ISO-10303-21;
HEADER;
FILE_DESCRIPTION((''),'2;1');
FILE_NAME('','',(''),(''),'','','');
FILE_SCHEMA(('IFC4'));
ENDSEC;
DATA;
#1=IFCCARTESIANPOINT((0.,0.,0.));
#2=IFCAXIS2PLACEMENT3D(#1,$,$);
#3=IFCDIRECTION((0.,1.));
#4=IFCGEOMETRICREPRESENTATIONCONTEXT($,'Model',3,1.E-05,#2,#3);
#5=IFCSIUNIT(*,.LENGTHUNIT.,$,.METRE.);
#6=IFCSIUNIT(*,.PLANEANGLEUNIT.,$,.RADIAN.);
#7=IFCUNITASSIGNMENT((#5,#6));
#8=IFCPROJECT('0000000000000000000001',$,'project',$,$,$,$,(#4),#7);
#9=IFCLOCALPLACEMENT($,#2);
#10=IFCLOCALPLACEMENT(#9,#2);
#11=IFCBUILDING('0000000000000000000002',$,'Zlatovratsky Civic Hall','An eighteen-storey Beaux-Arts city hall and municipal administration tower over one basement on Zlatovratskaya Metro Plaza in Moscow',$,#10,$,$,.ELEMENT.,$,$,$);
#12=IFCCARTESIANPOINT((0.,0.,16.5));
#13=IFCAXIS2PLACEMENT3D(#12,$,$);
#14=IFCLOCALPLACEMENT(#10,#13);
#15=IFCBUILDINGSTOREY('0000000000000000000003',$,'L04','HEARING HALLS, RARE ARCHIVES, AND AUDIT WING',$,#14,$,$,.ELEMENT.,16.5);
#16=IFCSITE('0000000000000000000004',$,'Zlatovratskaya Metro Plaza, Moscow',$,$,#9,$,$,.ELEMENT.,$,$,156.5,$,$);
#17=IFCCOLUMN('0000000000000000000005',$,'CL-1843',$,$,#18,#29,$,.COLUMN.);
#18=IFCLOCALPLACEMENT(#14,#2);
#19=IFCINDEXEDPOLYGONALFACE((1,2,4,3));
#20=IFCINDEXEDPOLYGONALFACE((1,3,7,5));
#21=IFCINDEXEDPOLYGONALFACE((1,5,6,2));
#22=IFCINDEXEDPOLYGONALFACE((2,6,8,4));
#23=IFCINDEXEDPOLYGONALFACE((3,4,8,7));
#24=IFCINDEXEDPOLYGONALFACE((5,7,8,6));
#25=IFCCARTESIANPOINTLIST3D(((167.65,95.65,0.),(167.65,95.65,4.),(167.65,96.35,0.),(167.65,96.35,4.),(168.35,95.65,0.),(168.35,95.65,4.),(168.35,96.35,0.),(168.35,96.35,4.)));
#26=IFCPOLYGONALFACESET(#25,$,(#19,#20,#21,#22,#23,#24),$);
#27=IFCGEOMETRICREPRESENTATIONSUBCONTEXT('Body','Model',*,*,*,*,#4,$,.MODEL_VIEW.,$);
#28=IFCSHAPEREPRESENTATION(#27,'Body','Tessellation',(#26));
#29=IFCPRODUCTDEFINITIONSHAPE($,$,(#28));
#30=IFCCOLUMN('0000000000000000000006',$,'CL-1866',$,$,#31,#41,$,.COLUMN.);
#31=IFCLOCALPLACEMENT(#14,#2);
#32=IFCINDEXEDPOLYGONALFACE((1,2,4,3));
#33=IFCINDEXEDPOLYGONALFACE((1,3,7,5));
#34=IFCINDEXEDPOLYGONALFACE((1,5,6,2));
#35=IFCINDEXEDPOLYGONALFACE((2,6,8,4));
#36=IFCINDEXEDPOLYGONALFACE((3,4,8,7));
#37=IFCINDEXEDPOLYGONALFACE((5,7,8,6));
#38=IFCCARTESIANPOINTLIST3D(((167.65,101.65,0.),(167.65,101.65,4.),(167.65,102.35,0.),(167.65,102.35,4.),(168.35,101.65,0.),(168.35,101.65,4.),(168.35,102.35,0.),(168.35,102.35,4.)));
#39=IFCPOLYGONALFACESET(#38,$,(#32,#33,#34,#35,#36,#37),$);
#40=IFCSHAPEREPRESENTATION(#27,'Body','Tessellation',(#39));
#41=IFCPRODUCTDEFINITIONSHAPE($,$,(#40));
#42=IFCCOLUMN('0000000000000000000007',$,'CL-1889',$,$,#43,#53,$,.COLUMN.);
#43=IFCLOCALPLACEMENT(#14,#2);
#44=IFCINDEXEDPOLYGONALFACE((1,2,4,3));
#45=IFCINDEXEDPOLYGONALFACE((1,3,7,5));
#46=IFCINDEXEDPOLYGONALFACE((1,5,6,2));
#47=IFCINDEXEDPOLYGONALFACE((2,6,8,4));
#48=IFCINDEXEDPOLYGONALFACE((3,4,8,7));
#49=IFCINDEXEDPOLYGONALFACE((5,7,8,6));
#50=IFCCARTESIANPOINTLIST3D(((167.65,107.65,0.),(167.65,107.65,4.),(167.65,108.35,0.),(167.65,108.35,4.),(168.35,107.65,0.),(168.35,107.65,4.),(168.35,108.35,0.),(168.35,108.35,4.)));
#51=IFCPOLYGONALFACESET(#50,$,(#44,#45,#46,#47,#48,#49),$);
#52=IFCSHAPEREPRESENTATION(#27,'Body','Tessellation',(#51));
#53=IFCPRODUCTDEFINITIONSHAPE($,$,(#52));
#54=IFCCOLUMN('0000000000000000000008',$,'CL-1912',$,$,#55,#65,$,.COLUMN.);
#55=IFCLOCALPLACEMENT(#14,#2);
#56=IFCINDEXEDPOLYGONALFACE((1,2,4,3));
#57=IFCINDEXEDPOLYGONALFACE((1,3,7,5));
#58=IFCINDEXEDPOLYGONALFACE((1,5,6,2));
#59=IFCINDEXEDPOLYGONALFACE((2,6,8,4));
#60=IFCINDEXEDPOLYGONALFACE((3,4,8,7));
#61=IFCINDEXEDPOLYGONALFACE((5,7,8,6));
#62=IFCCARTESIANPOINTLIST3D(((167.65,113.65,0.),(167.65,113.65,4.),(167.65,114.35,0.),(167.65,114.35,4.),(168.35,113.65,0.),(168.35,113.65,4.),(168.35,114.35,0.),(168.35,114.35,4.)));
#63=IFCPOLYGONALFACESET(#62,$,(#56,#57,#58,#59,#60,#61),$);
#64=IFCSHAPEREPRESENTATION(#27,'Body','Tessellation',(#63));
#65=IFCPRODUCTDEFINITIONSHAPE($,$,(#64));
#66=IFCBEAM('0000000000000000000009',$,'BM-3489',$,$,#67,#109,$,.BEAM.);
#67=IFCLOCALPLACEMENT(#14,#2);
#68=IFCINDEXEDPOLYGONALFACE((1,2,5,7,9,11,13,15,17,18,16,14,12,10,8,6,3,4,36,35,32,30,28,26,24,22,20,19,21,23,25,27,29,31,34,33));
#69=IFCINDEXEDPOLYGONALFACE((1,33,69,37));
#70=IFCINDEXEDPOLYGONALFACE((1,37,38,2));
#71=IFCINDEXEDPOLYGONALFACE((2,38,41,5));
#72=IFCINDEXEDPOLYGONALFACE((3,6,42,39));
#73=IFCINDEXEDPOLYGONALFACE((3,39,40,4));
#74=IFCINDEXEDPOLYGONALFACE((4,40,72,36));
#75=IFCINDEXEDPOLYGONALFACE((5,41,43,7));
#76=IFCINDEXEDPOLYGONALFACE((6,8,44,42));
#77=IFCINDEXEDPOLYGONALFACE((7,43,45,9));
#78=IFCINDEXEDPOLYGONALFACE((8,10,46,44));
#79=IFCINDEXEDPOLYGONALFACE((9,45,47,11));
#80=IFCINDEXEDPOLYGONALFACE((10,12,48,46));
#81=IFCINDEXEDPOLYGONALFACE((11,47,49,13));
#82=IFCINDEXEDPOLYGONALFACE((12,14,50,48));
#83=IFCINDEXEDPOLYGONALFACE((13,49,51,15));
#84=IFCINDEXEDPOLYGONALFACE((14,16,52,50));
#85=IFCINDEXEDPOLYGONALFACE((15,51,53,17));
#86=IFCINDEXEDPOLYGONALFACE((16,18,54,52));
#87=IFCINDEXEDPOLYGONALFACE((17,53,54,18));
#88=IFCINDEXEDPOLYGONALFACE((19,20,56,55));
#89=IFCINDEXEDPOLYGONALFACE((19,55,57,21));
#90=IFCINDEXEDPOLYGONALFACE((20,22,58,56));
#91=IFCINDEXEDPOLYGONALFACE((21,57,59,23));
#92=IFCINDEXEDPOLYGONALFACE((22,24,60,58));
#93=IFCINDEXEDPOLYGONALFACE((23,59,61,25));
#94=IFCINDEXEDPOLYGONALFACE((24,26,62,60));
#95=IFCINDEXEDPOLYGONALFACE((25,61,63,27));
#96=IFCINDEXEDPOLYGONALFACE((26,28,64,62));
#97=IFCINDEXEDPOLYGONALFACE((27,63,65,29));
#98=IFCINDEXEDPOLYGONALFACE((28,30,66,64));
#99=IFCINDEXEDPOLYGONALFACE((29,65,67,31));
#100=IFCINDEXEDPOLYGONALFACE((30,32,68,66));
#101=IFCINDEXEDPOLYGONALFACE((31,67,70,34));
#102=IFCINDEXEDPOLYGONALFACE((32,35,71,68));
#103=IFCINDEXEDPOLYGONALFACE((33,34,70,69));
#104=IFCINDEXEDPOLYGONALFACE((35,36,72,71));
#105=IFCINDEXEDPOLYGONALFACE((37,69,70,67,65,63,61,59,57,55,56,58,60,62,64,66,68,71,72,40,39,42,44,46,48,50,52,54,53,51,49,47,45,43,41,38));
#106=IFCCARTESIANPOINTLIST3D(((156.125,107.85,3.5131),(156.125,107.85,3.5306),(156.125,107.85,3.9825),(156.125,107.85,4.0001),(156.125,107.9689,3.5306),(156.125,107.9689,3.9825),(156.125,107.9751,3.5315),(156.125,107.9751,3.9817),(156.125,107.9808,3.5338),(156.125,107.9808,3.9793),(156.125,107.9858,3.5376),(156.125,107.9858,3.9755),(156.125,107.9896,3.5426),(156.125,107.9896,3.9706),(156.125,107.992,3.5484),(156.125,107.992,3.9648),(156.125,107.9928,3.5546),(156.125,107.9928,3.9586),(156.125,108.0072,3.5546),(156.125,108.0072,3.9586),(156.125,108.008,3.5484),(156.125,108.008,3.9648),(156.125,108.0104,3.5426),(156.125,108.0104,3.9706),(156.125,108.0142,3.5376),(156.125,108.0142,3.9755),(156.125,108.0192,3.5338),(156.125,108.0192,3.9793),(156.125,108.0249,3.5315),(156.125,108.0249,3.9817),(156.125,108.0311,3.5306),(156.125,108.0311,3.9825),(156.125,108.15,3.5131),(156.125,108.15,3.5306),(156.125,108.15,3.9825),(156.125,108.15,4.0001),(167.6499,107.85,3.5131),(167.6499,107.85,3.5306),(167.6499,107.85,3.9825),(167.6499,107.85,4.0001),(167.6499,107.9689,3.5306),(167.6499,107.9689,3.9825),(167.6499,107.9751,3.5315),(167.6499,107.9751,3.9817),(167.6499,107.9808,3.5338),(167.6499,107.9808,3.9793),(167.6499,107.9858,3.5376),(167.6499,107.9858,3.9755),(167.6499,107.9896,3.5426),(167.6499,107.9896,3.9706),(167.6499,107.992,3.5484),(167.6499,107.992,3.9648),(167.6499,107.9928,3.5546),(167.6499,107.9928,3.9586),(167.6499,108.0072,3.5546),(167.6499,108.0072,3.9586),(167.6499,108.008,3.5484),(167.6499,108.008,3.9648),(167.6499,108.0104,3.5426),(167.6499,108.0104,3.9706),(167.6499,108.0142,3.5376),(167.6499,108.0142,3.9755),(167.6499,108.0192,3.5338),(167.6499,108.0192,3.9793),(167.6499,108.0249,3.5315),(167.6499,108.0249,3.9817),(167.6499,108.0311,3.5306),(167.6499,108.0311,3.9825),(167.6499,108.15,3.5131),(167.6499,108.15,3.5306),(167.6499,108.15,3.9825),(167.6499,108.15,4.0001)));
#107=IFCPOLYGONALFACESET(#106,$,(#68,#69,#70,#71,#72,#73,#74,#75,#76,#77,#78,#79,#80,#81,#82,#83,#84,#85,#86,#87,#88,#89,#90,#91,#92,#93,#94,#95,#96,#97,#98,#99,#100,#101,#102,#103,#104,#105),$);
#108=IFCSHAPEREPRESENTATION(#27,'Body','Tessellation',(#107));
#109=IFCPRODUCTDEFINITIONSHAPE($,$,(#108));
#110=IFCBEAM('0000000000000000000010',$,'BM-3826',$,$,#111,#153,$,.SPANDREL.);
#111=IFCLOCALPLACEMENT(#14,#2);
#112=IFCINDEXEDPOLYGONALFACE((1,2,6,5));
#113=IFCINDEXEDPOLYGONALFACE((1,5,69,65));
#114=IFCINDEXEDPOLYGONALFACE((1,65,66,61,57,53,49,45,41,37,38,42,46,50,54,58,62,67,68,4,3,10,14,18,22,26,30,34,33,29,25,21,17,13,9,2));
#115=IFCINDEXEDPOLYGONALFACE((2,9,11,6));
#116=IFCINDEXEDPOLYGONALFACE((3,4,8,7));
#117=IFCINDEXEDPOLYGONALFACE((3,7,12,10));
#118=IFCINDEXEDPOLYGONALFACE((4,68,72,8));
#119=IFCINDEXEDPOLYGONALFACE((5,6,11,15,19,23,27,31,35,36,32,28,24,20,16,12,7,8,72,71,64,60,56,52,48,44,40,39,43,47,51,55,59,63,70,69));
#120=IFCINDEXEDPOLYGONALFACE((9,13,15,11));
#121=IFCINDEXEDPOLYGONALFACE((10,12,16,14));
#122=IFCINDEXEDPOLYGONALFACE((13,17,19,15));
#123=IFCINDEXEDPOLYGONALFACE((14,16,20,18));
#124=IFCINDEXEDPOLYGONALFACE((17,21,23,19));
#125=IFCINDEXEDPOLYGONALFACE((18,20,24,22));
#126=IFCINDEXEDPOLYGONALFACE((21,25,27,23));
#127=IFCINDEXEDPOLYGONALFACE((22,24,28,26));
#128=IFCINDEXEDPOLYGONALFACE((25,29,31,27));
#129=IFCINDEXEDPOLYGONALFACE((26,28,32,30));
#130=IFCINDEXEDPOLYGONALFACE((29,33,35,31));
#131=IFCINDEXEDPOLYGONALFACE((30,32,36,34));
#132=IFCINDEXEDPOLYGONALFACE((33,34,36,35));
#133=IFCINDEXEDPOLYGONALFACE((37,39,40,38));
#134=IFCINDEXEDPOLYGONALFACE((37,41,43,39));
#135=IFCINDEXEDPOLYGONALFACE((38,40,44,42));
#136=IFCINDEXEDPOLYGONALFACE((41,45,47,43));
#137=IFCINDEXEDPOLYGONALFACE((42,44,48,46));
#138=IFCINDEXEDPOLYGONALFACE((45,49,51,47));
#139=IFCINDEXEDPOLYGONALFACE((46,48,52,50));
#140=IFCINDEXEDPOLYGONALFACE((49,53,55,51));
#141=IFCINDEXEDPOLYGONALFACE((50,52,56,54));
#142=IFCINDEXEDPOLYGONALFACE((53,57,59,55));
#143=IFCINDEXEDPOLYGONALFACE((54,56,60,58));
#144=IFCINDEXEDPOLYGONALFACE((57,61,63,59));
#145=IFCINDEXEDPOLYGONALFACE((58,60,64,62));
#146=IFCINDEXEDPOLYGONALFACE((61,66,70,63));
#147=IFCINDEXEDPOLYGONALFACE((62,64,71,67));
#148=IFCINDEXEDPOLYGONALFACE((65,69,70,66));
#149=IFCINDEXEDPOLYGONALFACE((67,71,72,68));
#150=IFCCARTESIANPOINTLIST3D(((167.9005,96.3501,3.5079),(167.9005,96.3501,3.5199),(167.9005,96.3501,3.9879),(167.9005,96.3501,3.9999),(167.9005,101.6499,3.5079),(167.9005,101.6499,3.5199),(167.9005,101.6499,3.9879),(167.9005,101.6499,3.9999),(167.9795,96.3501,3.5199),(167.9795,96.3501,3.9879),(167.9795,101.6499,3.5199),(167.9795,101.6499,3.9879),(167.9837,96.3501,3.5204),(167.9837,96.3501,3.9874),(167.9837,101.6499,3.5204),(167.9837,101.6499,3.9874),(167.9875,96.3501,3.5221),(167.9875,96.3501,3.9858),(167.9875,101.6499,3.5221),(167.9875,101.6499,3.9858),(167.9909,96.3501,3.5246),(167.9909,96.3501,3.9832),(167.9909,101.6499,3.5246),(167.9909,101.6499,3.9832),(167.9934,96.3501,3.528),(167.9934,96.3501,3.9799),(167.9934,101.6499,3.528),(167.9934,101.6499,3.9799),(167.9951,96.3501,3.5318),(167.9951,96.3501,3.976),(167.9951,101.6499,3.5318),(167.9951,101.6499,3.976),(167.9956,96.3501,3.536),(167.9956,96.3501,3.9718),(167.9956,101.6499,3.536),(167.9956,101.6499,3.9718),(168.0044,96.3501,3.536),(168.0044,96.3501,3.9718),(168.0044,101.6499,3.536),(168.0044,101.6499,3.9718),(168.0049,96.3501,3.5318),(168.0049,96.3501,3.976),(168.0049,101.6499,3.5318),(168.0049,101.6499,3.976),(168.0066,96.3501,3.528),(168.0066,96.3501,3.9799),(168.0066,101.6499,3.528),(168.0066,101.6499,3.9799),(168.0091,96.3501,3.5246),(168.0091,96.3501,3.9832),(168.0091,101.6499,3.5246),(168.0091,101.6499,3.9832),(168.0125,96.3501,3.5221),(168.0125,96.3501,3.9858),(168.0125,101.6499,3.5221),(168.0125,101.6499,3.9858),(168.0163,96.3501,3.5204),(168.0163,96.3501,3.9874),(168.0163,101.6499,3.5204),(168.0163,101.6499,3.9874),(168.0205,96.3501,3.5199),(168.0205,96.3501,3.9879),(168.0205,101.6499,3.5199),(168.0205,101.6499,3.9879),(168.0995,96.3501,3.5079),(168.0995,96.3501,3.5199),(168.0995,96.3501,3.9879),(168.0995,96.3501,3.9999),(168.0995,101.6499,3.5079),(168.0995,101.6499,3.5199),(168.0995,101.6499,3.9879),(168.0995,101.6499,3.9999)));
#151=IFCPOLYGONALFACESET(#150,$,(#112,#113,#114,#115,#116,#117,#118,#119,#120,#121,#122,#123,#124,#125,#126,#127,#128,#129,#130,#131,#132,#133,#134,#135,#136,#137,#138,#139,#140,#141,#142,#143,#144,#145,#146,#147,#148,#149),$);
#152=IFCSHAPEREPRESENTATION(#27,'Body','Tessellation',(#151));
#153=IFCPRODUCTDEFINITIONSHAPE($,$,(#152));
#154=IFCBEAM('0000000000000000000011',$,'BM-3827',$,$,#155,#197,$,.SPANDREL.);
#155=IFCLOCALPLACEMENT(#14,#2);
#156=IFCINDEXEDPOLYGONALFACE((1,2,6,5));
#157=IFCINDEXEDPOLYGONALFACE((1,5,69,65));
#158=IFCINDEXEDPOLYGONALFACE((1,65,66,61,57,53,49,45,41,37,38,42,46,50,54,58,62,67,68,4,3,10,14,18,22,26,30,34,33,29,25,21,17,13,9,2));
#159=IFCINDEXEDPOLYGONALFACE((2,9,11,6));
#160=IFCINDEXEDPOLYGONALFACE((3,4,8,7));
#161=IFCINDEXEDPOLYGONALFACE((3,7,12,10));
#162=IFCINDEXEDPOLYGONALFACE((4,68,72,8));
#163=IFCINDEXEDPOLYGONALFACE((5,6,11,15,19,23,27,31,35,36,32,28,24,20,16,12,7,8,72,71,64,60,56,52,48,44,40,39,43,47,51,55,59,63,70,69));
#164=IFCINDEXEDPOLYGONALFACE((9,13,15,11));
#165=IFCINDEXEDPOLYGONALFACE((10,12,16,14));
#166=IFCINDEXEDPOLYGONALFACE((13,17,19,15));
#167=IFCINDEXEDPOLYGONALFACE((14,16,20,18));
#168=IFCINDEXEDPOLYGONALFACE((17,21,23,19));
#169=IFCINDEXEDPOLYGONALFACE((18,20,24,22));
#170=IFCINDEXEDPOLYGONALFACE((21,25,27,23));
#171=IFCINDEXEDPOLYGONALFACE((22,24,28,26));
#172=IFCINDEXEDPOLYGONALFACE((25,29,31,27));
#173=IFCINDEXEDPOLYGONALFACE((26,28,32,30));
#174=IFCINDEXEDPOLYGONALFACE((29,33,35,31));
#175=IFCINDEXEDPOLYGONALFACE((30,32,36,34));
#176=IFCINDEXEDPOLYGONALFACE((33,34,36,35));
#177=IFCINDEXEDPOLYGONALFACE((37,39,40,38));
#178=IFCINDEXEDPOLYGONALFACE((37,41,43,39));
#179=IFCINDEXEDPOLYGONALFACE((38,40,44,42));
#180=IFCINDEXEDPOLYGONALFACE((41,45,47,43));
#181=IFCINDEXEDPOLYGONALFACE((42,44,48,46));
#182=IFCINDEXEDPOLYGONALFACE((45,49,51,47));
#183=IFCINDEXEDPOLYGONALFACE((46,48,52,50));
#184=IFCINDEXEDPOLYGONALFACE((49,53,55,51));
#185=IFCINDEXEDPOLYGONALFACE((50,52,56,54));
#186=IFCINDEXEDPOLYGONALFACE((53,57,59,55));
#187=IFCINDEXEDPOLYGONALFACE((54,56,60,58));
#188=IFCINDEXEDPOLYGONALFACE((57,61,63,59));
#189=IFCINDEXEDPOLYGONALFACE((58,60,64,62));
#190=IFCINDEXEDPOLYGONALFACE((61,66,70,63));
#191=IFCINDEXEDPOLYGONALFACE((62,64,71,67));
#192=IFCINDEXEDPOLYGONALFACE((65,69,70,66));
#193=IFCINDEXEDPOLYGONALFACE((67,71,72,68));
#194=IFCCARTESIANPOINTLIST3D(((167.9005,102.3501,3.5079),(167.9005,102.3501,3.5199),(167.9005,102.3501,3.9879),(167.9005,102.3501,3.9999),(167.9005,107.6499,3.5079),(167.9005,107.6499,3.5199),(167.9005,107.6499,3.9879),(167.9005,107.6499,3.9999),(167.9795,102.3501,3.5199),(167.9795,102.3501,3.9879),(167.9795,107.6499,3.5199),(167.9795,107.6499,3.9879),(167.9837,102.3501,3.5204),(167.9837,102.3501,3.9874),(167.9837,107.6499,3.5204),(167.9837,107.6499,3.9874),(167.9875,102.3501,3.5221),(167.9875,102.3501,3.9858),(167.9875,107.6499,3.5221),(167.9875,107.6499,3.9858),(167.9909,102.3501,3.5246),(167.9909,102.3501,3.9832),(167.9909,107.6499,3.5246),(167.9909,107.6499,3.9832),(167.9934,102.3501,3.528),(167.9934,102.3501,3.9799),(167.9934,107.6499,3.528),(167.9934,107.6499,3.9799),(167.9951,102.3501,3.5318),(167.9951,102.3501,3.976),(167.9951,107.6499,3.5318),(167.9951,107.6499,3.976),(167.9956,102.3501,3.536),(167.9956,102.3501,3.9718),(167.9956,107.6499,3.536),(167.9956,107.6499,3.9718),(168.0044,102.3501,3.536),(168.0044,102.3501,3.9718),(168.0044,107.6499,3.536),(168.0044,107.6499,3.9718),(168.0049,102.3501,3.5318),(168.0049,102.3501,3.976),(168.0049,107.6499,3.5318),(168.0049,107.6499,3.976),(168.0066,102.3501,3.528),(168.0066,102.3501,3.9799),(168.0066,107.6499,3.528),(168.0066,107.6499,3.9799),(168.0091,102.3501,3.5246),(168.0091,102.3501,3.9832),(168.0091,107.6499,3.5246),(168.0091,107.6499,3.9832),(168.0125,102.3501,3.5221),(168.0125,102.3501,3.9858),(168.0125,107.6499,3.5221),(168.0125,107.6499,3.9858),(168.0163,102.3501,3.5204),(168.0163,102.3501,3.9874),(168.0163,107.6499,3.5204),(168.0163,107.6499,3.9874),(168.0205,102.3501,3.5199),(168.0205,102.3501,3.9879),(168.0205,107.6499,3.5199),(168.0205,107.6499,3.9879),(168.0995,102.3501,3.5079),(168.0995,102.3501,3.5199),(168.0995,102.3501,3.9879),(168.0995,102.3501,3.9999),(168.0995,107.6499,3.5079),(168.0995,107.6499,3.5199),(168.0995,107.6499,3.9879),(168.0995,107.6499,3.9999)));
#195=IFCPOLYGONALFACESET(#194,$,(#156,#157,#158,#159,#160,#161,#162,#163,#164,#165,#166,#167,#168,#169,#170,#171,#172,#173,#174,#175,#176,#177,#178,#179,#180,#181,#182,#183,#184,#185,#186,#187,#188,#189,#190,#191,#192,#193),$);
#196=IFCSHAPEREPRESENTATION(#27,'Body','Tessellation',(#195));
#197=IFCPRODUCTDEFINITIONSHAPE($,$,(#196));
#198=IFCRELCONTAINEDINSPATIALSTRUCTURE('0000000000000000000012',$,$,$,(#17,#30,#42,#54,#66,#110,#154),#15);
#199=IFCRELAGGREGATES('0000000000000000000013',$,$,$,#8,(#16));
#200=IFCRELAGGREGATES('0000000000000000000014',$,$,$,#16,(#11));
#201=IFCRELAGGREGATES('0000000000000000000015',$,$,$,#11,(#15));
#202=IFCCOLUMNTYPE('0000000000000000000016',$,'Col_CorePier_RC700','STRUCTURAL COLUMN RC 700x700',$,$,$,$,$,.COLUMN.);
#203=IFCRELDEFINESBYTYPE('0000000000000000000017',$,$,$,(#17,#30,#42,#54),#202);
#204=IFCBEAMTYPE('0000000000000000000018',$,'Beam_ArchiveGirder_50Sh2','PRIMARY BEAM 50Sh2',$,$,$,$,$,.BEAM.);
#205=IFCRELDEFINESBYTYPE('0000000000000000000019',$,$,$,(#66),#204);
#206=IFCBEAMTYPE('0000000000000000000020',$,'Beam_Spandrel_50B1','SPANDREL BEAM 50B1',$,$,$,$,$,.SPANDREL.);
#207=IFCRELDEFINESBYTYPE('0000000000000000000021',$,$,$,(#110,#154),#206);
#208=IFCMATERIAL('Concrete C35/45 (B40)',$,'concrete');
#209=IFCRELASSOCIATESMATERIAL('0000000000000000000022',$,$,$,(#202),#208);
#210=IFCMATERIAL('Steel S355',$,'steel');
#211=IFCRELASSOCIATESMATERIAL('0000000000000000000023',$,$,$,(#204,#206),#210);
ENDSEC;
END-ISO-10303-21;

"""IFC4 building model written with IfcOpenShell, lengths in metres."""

from ifc_helpers import new_model, si_unit, direction, frame, origin, origin_2d, place, context, subcontext, project, spatial, rectangle, i_section, extrude, material, material_profile, profile_set, type_object, element, save


model = new_model("IFC4")

# Units and contexts
model_context = context("Model", 3, precision=1e-05, world=origin(), true_north=direction((0.0, 1.0)))
body_context = subcontext(model_context, "Body", "Model", "MODEL_VIEW")
ifc_project = project(units=[si_unit("LENGTHUNIT", "METRE"), si_unit("PLANEANGLEUNIT", "RADIAN")], contexts=[model_context])

# Site, building, storey
site_placement = place(None, origin())
site = spatial("IfcSite", under=ifc_project, at=site_placement, Name="Zlatovratskaya Metro Plaza, Moscow", CompositionType="ELEMENT", RefElevation=156.5)
building_placement = place(site_placement, origin())
building = spatial("IfcBuilding", under=site, at=building_placement, Name="Zlatovratsky Civic Hall", Description="An eighteen-storey Beaux-Arts city hall and municipal administration tower over one basement on Zlatovratskaya Metro Plaza in Moscow", CompositionType="ELEMENT")
storey_placement = place(building_placement, frame((0.0, 0.0, 16.5)))
storey = spatial("IfcBuildingStorey", under=building, at=storey_placement, Name="L04", Description="HEARING HALLS, RARE ARCHIVES, AND AUDIT WING", CompositionType="ELEMENT", Elevation=16.5)

# Columns
ifc_material_1 = material(Name="Concrete C35/45 (B40)", Category="concrete")
ifc_material_profile_1 = material_profile(ifc_material_1, rectangle(XDim=0.7, YDim=0.7, at=origin_2d()), Name="RC 700x700")
ifc_profile_set_1 = profile_set([ifc_material_profile_1], Name="Concrete C35/45 (B40)")
column_type = type_object("IfcColumnType", Name="Col_CorePier_RC700", Description="STRUCTURAL COLUMN RC 700x700", PredefinedType="COLUMN", material=ifc_profile_set_1)
for number, where, z_axis, x_axis, name in (
    (1, (168.0, 96.0, 0.0), (0.0, 0.0, 1.0), (1.0, 0.0, 0.0), "CL-1843"),
    (2, (168.0, 102.0, 0.0), (0.0, 0.0, 1.0), (1.0, 0.0, 0.0), "CL-1866"),
    (3, (168.0, 108.0, 0.0), (0.0, 0.0, 1.0), (1.0, 0.0, 0.0), "CL-1889"),
    (4, (168.0, 114.0, 0.0), (0.0, 0.0, 1.0), (1.0, 0.0, 0.0), "CL-1912"),
):
    element("IfcColumn", number, at=place(storey_placement, frame(where, z_axis=z_axis, x_axis=x_axis)), inside=storey, type_object=column_type, Name=name, PredefinedType="COLUMN", context=body_context, shape_type="SweptSolid", body=[
        extrude(rectangle(XDim=0.7, YDim=0.7, at=origin_2d()), origin(), (0.0, 0.0, 1.0), 4.0),
    ])

# Beams
ifc_material_2 = material(Name="Steel S355", Category="steel")
ifc_material_profile_2 = material_profile(ifc_material_2, i_section(OverallWidth=0.3, OverallDepth=0.4871, WebThickness=0.0144, FlangeThickness=0.0176, FilletRadius=0.0239, at=origin_2d()), Name="50Sh2")
ifc_profile_set_2 = profile_set([ifc_material_profile_2], Name="Steel S355")
beam_type_1 = type_object("IfcBeamType", Name="Beam_ArchiveGirder_50Sh2", Description="PRIMARY BEAM 50Sh2", PredefinedType="BEAM", material=ifc_profile_set_2)
beam_1_placement = place(storey_placement, frame((156.125, 108.0, 3.7566), z_axis=(1.0, 0.0, 0.0), x_axis=(0.0, 1.0, 0.0)))
element("IfcBeam", 5, at=beam_1_placement, inside=storey, type_object=beam_type_1, Name="BM-3489", PredefinedType="BEAM", context=body_context, shape_type="SweptSolid", body=[
    extrude(i_section(OverallWidth=0.3, OverallDepth=0.4871, WebThickness=0.0144, FlangeThickness=0.0176, FilletRadius=0.0239, at=origin_2d()), origin(), (0.0, 0.0, 1.0), 11.5249),
])
ifc_material_profile_3 = material_profile(ifc_material_2, i_section(OverallWidth=0.199, OverallDepth=0.4919, WebThickness=0.0088, FlangeThickness=0.012, FilletRadius=0.0161, at=origin_2d()), Name="50B1")
ifc_profile_set_3 = profile_set([ifc_material_profile_3], Name="Steel S355")
beam_type_2 = type_object("IfcBeamType", Name="Beam_Spandrel_50B1", Description="SPANDREL BEAM 50B1", PredefinedType="SPANDREL", material=ifc_profile_set_3)
for number, where, z_axis, x_axis, name in (
    (6, (168.0, 96.3501, 3.7539), (0.0, 1.0, 0.0), (-1.0, 0.0, 0.0), "BM-3826"),
    (7, (168.0, 102.3501, 3.7539), (0.0, 1.0, 0.0), (-1.0, 0.0, 0.0), "BM-3827"),
):
    element("IfcBeam", number, at=place(storey_placement, frame(where, z_axis=z_axis, x_axis=x_axis)), inside=storey, type_object=beam_type_2, Name=name, PredefinedType="SPANDREL", context=body_context, shape_type="SweptSolid", body=[
        extrude(i_section(OverallWidth=0.199, OverallDepth=0.4919, WebThickness=0.0088, FlangeThickness=0.012, FilletRadius=0.0161, at=origin_2d()), origin(), (0.0, 0.0, 1.0), 5.2998),
    ])

save(model, "model.ifc")
